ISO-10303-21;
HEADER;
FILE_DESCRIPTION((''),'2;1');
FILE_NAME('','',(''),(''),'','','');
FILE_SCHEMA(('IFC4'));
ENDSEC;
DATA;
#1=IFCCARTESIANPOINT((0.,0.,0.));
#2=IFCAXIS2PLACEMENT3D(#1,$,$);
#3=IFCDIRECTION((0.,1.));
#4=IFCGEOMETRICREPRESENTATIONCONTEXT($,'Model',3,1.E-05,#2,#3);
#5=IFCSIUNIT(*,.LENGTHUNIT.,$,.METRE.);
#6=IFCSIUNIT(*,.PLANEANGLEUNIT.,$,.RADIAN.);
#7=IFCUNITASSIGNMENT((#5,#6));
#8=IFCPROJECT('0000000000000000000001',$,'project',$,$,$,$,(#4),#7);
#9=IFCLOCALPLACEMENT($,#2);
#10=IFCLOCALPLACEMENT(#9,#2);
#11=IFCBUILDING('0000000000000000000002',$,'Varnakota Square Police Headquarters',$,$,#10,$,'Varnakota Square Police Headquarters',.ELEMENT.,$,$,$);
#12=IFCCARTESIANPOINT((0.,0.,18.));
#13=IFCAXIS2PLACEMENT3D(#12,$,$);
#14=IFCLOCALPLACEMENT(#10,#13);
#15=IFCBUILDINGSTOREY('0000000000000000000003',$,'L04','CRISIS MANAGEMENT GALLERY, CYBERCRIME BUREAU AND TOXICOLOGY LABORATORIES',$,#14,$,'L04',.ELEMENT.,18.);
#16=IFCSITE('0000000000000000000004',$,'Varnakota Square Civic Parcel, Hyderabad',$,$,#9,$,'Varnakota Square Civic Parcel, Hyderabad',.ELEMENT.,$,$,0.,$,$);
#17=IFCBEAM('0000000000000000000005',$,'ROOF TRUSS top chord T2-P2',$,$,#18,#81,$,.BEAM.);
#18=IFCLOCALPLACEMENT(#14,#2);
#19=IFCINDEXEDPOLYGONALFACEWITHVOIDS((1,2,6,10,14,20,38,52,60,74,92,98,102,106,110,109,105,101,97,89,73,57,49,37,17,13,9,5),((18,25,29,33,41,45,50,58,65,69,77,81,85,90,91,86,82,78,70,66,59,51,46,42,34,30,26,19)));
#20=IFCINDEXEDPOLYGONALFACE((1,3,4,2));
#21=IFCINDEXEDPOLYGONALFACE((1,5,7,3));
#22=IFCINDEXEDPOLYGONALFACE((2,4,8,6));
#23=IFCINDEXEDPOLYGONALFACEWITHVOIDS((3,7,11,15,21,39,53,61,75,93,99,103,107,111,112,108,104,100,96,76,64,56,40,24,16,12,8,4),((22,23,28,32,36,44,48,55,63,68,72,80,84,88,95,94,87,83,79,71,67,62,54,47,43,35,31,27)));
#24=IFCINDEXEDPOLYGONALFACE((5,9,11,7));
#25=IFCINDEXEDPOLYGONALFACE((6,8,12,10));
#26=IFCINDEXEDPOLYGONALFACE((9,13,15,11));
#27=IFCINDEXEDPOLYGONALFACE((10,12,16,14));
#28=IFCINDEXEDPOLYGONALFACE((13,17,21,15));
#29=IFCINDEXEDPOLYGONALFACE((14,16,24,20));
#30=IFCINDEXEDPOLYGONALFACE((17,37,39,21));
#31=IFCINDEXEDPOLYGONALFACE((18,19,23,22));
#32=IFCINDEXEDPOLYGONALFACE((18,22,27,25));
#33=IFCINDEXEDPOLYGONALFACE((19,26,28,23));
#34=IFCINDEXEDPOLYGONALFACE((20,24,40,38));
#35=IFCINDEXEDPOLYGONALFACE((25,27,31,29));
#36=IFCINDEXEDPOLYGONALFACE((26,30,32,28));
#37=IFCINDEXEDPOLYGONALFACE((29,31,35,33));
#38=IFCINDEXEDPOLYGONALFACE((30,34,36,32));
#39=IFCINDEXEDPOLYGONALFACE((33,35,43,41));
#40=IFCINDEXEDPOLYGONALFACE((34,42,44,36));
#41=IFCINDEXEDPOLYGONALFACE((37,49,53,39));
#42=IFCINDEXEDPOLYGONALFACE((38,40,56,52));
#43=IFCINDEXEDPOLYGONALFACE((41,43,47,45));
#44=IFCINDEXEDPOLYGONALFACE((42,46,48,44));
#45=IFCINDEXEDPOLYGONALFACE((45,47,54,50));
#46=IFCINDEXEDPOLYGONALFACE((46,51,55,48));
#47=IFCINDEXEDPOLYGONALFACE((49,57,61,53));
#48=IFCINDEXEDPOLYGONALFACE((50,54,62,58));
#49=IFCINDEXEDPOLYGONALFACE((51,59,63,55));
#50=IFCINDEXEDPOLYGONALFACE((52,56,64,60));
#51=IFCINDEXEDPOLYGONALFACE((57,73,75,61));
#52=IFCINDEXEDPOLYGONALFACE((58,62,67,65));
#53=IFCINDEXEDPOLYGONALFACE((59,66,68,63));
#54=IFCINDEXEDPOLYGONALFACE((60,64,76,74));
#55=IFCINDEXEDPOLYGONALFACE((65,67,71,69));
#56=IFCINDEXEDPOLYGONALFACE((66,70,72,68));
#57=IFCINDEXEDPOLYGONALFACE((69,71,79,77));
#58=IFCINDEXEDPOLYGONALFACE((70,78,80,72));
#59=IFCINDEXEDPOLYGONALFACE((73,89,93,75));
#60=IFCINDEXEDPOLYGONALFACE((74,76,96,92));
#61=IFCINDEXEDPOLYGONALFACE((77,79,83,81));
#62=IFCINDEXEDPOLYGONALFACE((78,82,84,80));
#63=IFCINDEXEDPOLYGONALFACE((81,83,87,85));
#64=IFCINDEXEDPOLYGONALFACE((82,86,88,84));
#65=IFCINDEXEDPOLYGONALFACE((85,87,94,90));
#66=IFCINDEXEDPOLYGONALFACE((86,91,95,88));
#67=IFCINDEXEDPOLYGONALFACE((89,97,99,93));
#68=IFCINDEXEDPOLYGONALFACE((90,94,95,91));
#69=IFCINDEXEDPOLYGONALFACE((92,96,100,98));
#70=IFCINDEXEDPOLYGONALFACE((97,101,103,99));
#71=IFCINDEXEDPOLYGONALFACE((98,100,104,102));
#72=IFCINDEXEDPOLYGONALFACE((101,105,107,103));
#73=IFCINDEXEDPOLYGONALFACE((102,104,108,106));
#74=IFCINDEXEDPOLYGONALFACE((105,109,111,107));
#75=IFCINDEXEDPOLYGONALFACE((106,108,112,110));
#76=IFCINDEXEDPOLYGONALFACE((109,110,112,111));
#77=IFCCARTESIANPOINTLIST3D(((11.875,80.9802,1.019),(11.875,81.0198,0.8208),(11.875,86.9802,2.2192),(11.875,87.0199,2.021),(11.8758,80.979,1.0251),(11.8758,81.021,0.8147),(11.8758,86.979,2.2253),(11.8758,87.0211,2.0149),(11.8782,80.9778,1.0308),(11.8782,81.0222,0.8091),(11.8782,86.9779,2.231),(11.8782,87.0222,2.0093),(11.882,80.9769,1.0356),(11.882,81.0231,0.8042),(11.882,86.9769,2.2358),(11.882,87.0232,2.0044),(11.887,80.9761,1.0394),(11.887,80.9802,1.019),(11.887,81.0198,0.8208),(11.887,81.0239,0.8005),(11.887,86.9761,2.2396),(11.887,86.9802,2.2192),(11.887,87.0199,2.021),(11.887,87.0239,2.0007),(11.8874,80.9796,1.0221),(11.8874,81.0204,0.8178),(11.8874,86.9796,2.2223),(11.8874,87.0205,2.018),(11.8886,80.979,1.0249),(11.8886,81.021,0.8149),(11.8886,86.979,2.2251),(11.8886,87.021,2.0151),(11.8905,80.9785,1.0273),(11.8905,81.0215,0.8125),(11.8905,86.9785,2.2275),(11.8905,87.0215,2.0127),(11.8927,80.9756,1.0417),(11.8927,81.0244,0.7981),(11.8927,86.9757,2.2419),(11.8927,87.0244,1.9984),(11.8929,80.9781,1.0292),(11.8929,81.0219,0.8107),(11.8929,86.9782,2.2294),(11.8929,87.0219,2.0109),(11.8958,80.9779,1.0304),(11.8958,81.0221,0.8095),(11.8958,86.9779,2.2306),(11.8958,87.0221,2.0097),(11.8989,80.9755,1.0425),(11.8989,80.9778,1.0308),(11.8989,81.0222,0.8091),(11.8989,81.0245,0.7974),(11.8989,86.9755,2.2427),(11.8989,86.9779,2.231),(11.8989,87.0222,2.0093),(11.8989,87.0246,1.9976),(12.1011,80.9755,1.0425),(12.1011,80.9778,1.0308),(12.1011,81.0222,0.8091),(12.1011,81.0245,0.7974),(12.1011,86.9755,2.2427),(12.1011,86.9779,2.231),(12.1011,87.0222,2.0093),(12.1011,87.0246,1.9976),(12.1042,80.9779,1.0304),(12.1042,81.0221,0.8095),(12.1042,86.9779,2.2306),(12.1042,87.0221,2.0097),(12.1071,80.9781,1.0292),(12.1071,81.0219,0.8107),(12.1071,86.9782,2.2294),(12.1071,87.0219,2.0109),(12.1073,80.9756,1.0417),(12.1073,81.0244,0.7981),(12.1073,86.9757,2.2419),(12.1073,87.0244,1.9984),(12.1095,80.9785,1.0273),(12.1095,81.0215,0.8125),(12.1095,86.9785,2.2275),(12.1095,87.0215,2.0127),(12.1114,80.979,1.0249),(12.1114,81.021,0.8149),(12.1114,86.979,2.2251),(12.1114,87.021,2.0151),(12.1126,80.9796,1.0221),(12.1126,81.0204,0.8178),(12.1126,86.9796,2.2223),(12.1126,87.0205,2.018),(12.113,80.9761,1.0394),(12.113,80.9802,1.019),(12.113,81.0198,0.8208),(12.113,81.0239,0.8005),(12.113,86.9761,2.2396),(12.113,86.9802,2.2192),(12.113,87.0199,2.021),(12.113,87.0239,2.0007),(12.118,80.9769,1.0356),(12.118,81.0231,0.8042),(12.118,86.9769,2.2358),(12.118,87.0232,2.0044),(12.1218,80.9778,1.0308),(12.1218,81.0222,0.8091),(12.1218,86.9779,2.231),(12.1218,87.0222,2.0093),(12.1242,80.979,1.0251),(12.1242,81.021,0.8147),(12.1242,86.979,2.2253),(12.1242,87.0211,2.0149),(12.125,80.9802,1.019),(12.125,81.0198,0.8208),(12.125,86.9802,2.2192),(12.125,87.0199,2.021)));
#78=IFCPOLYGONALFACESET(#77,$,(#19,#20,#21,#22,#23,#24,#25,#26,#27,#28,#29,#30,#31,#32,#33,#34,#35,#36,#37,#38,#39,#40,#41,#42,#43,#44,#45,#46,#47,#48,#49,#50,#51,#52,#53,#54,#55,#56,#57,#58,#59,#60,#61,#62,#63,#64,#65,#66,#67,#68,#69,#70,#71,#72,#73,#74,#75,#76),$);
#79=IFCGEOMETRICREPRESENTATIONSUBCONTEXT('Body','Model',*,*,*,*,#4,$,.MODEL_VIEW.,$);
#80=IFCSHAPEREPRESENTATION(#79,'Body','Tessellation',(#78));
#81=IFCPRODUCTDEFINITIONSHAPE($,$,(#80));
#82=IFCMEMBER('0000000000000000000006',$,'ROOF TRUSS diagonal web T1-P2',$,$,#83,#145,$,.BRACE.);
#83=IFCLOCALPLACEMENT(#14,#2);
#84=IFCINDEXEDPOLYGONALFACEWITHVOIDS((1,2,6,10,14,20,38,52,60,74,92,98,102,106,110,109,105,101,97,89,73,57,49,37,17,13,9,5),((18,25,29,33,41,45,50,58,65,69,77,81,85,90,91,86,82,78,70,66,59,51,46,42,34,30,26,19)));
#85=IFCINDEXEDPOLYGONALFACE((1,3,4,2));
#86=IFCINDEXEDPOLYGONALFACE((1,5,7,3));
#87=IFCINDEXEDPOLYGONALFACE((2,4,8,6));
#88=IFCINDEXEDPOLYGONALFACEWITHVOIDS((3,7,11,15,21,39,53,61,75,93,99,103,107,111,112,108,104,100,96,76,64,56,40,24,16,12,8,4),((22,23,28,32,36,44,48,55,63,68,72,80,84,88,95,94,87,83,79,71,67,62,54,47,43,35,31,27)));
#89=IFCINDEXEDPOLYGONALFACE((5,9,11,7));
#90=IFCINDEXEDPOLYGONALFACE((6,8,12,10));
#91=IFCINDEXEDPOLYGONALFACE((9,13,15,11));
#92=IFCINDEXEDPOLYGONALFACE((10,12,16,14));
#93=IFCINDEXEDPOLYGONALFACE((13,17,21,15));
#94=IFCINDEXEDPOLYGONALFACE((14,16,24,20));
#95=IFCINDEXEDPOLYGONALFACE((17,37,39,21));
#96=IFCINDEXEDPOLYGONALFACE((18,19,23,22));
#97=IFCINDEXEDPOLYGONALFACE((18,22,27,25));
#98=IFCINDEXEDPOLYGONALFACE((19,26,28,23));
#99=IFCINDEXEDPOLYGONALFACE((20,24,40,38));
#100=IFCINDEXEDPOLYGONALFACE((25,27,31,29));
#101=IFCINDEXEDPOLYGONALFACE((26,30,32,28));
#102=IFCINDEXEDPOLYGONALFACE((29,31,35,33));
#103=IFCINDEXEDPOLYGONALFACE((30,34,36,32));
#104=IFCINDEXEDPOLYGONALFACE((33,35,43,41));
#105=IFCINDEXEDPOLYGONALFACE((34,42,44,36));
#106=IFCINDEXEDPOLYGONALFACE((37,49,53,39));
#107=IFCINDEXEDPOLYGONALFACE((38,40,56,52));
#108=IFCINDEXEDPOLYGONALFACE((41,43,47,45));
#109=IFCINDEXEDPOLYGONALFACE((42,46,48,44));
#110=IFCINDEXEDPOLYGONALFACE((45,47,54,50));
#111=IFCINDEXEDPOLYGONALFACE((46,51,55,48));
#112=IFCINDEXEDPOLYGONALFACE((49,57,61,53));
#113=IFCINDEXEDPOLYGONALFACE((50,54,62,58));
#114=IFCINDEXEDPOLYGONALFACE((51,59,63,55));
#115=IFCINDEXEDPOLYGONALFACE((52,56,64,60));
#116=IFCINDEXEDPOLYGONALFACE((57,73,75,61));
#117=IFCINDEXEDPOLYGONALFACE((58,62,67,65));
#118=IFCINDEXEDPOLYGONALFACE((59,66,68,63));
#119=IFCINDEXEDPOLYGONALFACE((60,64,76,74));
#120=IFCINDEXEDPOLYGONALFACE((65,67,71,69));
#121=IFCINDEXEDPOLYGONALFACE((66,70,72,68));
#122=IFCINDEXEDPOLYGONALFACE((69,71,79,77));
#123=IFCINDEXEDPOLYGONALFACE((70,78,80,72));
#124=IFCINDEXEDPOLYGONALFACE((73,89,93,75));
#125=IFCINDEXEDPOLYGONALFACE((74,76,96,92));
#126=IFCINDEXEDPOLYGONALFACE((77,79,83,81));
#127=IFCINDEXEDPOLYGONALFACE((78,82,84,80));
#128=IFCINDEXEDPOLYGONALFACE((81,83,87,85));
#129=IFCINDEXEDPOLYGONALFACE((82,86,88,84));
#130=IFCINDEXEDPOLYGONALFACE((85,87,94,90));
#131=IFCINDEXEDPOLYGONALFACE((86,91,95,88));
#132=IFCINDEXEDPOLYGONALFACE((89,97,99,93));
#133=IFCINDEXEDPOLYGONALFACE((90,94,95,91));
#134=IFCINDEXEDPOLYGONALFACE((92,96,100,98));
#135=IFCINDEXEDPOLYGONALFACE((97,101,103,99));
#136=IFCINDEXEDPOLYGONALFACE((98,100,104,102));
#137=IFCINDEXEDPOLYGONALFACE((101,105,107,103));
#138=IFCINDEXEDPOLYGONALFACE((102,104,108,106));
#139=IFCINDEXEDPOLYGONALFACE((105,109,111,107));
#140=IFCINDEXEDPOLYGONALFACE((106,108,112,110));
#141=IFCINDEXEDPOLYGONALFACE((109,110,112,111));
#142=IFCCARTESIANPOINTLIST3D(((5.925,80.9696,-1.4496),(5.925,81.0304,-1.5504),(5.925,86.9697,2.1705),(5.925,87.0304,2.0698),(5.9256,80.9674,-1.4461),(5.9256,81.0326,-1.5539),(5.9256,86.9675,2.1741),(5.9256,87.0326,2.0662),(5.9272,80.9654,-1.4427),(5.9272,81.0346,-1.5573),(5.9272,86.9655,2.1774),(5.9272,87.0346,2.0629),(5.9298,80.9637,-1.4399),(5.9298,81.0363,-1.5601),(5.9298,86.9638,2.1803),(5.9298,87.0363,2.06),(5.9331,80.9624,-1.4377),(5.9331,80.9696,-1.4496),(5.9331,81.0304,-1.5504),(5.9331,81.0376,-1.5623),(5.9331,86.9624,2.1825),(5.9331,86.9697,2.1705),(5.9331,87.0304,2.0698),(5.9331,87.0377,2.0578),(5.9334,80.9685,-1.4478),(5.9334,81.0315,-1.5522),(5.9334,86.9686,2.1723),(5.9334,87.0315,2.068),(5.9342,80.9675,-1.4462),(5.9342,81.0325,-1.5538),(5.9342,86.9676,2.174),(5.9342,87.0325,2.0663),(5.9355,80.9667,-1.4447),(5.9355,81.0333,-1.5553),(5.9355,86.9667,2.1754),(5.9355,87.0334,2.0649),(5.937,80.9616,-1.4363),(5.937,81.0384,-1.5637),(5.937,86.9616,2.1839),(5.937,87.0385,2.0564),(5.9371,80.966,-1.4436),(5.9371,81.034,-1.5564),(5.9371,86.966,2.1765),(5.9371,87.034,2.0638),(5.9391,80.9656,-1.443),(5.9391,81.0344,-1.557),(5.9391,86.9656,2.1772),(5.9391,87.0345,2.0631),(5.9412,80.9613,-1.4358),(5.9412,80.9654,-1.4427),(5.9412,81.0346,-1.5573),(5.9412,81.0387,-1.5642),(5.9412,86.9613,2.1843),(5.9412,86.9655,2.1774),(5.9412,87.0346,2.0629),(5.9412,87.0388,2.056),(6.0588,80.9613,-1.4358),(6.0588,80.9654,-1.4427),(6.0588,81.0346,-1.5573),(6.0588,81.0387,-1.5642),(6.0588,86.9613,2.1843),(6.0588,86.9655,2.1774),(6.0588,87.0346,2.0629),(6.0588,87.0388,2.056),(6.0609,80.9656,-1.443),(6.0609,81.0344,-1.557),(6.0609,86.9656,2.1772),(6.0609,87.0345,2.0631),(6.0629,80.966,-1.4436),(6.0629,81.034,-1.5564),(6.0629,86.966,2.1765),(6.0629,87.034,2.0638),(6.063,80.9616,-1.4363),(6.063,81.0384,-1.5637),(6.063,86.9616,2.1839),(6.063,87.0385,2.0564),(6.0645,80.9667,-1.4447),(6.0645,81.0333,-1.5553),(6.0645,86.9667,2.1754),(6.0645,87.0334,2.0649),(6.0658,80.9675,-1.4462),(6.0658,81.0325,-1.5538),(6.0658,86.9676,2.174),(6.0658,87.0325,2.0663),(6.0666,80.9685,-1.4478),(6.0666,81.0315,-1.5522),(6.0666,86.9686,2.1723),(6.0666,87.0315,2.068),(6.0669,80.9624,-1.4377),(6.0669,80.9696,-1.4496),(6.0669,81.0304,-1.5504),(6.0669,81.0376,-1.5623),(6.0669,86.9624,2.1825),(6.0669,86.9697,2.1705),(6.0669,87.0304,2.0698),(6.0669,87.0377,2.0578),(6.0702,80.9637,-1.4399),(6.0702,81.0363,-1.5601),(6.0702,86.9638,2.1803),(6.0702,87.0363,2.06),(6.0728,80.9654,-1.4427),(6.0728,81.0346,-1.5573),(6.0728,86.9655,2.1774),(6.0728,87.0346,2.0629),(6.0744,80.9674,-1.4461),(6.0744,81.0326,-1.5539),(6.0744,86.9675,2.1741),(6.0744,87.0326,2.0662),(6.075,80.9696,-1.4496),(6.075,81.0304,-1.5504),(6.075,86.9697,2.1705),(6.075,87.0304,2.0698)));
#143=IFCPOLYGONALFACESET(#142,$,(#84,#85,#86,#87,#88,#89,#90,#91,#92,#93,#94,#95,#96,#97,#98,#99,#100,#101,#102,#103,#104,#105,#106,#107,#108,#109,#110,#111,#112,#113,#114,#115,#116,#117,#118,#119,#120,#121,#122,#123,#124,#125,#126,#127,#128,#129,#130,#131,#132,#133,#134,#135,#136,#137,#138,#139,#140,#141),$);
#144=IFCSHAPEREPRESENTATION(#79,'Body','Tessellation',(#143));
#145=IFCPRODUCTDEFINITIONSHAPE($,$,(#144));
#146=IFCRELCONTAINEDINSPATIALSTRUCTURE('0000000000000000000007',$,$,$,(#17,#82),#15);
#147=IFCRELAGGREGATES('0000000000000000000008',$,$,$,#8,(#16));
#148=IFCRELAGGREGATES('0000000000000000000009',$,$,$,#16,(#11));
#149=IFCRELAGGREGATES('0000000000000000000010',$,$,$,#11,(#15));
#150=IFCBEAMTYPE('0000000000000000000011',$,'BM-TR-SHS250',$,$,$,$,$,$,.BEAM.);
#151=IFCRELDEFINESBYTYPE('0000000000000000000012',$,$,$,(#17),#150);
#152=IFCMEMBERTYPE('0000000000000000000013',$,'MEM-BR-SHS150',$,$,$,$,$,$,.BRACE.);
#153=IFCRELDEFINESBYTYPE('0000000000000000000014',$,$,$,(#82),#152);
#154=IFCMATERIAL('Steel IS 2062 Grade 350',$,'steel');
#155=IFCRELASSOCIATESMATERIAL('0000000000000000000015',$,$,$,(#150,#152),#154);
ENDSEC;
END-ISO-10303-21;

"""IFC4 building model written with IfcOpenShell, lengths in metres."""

from ifc_helpers import new_model, si_unit, direction, frame, origin, origin_2d, place, context, subcontext, project, spatial, hollow_rectangle, extrude, material, material_profile, profile_set, type_object, element, save


model = new_model("IFC4")

# Units and contexts
model_context = context("Model", 3, precision=1e-05, world=origin(), true_north=direction((0.0, 1.0)))
body_context = subcontext(model_context, "Body", "Model", "MODEL_VIEW")
ifc_project = project(units=[si_unit("LENGTHUNIT", "METRE"), si_unit("PLANEANGLEUNIT", "RADIAN")], contexts=[model_context])

# Site, building, storey
site_placement = place(None, origin())
site = spatial("IfcSite", under=ifc_project, at=site_placement, Name="Varnakota Square Civic Parcel, Hyderabad", LongName="Varnakota Square Civic Parcel, Hyderabad", CompositionType="ELEMENT", RefElevation=0.0)
building_placement = place(site_placement, origin())
building = spatial("IfcBuilding", under=site, at=building_placement, Name="Varnakota Square Police Headquarters", LongName="Varnakota Square Police Headquarters", CompositionType="ELEMENT")
storey_placement = place(building_placement, frame((0.0, 0.0, 18.0)))
storey = spatial("IfcBuildingStorey", under=building, at=storey_placement, Name="L04", Description="CRISIS MANAGEMENT GALLERY, CYBERCRIME BUREAU AND TOXICOLOGY LABORATORIES", LongName="L04", CompositionType="ELEMENT", Elevation=18.0)

# Beam
ifc_material_1 = material(Name="Steel IS 2062 Grade 350", Category="steel")
ifc_material_profile_1 = material_profile(ifc_material_1, hollow_rectangle(XDim=0.25, YDim=0.25, WallThickness=0.012, InnerFilletRadius=0.012, OuterFilletRadius=0.0239, at=origin_2d()), Name="SHS 250x250x12")
ifc_profile_set_1 = profile_set([ifc_material_profile_1], Name="Steel IS 2062 Grade 350")
beam_type_1 = type_object("IfcBeamType", Name="BM-TR-SHS250", PredefinedType="BEAM", material=ifc_profile_set_1)
for number, where, z_axis, x_axis, name in (
    (1, (12.0, 81.0, 0.9199), (0.0, 0.980575, 0.196147), (-1.0, 0.0, 0.0), "ROOF TRUSS top chord T2-P2"),
):
    element("IfcBeam", number, at=place(storey_placement, frame(where, z_axis=z_axis, x_axis=x_axis)), inside=storey, type_object=beam_type_1, Name=name, PredefinedType="BEAM", context=body_context, shape_type="SweptSolid", body=[
        extrude(hollow_rectangle(XDim=0.25, YDim=0.25, WallThickness=0.012, InnerFilletRadius=0.012, OuterFilletRadius=0.0239, at=origin_2d()), origin(), (0.0, 0.0, 1.0), 6.1189),
    ])

# Member
ifc_material_profile_2 = material_profile(ifc_material_1, hollow_rectangle(XDim=0.1499, YDim=0.1499, WallThickness=0.0081, InnerFilletRadius=0.0081, OuterFilletRadius=0.0161, at=origin_2d()), Name="SHS 150x150x8")
ifc_profile_set_2 = profile_set([ifc_material_profile_2], Name="Steel IS 2062 Grade 350")
member_type_1 = type_object("IfcMemberType", Name="MEM-BR-SHS150", PredefinedType="BRACE", material=ifc_profile_set_2)
member_1_placement = place(storey_placement, frame((6.0, 81.0, -1.5), z_axis=(0.0, 0.856224, 0.516605), x_axis=(-1.0, 0.0, 0.0)))
element("IfcMember", 2, at=member_1_placement, inside=storey, type_object=member_type_1, Name="ROOF TRUSS diagonal web T1-P2", PredefinedType="BRACE", context=body_context, shape_type="SweptSolid", body=[
    extrude(hollow_rectangle(XDim=0.1499, YDim=0.1499, WallThickness=0.0081, InnerFilletRadius=0.0081, OuterFilletRadius=0.0161, at=origin_2d()), origin(), (0.0, 0.0, 1.0), 7.0076),
])

save(model, "model.ifc")
